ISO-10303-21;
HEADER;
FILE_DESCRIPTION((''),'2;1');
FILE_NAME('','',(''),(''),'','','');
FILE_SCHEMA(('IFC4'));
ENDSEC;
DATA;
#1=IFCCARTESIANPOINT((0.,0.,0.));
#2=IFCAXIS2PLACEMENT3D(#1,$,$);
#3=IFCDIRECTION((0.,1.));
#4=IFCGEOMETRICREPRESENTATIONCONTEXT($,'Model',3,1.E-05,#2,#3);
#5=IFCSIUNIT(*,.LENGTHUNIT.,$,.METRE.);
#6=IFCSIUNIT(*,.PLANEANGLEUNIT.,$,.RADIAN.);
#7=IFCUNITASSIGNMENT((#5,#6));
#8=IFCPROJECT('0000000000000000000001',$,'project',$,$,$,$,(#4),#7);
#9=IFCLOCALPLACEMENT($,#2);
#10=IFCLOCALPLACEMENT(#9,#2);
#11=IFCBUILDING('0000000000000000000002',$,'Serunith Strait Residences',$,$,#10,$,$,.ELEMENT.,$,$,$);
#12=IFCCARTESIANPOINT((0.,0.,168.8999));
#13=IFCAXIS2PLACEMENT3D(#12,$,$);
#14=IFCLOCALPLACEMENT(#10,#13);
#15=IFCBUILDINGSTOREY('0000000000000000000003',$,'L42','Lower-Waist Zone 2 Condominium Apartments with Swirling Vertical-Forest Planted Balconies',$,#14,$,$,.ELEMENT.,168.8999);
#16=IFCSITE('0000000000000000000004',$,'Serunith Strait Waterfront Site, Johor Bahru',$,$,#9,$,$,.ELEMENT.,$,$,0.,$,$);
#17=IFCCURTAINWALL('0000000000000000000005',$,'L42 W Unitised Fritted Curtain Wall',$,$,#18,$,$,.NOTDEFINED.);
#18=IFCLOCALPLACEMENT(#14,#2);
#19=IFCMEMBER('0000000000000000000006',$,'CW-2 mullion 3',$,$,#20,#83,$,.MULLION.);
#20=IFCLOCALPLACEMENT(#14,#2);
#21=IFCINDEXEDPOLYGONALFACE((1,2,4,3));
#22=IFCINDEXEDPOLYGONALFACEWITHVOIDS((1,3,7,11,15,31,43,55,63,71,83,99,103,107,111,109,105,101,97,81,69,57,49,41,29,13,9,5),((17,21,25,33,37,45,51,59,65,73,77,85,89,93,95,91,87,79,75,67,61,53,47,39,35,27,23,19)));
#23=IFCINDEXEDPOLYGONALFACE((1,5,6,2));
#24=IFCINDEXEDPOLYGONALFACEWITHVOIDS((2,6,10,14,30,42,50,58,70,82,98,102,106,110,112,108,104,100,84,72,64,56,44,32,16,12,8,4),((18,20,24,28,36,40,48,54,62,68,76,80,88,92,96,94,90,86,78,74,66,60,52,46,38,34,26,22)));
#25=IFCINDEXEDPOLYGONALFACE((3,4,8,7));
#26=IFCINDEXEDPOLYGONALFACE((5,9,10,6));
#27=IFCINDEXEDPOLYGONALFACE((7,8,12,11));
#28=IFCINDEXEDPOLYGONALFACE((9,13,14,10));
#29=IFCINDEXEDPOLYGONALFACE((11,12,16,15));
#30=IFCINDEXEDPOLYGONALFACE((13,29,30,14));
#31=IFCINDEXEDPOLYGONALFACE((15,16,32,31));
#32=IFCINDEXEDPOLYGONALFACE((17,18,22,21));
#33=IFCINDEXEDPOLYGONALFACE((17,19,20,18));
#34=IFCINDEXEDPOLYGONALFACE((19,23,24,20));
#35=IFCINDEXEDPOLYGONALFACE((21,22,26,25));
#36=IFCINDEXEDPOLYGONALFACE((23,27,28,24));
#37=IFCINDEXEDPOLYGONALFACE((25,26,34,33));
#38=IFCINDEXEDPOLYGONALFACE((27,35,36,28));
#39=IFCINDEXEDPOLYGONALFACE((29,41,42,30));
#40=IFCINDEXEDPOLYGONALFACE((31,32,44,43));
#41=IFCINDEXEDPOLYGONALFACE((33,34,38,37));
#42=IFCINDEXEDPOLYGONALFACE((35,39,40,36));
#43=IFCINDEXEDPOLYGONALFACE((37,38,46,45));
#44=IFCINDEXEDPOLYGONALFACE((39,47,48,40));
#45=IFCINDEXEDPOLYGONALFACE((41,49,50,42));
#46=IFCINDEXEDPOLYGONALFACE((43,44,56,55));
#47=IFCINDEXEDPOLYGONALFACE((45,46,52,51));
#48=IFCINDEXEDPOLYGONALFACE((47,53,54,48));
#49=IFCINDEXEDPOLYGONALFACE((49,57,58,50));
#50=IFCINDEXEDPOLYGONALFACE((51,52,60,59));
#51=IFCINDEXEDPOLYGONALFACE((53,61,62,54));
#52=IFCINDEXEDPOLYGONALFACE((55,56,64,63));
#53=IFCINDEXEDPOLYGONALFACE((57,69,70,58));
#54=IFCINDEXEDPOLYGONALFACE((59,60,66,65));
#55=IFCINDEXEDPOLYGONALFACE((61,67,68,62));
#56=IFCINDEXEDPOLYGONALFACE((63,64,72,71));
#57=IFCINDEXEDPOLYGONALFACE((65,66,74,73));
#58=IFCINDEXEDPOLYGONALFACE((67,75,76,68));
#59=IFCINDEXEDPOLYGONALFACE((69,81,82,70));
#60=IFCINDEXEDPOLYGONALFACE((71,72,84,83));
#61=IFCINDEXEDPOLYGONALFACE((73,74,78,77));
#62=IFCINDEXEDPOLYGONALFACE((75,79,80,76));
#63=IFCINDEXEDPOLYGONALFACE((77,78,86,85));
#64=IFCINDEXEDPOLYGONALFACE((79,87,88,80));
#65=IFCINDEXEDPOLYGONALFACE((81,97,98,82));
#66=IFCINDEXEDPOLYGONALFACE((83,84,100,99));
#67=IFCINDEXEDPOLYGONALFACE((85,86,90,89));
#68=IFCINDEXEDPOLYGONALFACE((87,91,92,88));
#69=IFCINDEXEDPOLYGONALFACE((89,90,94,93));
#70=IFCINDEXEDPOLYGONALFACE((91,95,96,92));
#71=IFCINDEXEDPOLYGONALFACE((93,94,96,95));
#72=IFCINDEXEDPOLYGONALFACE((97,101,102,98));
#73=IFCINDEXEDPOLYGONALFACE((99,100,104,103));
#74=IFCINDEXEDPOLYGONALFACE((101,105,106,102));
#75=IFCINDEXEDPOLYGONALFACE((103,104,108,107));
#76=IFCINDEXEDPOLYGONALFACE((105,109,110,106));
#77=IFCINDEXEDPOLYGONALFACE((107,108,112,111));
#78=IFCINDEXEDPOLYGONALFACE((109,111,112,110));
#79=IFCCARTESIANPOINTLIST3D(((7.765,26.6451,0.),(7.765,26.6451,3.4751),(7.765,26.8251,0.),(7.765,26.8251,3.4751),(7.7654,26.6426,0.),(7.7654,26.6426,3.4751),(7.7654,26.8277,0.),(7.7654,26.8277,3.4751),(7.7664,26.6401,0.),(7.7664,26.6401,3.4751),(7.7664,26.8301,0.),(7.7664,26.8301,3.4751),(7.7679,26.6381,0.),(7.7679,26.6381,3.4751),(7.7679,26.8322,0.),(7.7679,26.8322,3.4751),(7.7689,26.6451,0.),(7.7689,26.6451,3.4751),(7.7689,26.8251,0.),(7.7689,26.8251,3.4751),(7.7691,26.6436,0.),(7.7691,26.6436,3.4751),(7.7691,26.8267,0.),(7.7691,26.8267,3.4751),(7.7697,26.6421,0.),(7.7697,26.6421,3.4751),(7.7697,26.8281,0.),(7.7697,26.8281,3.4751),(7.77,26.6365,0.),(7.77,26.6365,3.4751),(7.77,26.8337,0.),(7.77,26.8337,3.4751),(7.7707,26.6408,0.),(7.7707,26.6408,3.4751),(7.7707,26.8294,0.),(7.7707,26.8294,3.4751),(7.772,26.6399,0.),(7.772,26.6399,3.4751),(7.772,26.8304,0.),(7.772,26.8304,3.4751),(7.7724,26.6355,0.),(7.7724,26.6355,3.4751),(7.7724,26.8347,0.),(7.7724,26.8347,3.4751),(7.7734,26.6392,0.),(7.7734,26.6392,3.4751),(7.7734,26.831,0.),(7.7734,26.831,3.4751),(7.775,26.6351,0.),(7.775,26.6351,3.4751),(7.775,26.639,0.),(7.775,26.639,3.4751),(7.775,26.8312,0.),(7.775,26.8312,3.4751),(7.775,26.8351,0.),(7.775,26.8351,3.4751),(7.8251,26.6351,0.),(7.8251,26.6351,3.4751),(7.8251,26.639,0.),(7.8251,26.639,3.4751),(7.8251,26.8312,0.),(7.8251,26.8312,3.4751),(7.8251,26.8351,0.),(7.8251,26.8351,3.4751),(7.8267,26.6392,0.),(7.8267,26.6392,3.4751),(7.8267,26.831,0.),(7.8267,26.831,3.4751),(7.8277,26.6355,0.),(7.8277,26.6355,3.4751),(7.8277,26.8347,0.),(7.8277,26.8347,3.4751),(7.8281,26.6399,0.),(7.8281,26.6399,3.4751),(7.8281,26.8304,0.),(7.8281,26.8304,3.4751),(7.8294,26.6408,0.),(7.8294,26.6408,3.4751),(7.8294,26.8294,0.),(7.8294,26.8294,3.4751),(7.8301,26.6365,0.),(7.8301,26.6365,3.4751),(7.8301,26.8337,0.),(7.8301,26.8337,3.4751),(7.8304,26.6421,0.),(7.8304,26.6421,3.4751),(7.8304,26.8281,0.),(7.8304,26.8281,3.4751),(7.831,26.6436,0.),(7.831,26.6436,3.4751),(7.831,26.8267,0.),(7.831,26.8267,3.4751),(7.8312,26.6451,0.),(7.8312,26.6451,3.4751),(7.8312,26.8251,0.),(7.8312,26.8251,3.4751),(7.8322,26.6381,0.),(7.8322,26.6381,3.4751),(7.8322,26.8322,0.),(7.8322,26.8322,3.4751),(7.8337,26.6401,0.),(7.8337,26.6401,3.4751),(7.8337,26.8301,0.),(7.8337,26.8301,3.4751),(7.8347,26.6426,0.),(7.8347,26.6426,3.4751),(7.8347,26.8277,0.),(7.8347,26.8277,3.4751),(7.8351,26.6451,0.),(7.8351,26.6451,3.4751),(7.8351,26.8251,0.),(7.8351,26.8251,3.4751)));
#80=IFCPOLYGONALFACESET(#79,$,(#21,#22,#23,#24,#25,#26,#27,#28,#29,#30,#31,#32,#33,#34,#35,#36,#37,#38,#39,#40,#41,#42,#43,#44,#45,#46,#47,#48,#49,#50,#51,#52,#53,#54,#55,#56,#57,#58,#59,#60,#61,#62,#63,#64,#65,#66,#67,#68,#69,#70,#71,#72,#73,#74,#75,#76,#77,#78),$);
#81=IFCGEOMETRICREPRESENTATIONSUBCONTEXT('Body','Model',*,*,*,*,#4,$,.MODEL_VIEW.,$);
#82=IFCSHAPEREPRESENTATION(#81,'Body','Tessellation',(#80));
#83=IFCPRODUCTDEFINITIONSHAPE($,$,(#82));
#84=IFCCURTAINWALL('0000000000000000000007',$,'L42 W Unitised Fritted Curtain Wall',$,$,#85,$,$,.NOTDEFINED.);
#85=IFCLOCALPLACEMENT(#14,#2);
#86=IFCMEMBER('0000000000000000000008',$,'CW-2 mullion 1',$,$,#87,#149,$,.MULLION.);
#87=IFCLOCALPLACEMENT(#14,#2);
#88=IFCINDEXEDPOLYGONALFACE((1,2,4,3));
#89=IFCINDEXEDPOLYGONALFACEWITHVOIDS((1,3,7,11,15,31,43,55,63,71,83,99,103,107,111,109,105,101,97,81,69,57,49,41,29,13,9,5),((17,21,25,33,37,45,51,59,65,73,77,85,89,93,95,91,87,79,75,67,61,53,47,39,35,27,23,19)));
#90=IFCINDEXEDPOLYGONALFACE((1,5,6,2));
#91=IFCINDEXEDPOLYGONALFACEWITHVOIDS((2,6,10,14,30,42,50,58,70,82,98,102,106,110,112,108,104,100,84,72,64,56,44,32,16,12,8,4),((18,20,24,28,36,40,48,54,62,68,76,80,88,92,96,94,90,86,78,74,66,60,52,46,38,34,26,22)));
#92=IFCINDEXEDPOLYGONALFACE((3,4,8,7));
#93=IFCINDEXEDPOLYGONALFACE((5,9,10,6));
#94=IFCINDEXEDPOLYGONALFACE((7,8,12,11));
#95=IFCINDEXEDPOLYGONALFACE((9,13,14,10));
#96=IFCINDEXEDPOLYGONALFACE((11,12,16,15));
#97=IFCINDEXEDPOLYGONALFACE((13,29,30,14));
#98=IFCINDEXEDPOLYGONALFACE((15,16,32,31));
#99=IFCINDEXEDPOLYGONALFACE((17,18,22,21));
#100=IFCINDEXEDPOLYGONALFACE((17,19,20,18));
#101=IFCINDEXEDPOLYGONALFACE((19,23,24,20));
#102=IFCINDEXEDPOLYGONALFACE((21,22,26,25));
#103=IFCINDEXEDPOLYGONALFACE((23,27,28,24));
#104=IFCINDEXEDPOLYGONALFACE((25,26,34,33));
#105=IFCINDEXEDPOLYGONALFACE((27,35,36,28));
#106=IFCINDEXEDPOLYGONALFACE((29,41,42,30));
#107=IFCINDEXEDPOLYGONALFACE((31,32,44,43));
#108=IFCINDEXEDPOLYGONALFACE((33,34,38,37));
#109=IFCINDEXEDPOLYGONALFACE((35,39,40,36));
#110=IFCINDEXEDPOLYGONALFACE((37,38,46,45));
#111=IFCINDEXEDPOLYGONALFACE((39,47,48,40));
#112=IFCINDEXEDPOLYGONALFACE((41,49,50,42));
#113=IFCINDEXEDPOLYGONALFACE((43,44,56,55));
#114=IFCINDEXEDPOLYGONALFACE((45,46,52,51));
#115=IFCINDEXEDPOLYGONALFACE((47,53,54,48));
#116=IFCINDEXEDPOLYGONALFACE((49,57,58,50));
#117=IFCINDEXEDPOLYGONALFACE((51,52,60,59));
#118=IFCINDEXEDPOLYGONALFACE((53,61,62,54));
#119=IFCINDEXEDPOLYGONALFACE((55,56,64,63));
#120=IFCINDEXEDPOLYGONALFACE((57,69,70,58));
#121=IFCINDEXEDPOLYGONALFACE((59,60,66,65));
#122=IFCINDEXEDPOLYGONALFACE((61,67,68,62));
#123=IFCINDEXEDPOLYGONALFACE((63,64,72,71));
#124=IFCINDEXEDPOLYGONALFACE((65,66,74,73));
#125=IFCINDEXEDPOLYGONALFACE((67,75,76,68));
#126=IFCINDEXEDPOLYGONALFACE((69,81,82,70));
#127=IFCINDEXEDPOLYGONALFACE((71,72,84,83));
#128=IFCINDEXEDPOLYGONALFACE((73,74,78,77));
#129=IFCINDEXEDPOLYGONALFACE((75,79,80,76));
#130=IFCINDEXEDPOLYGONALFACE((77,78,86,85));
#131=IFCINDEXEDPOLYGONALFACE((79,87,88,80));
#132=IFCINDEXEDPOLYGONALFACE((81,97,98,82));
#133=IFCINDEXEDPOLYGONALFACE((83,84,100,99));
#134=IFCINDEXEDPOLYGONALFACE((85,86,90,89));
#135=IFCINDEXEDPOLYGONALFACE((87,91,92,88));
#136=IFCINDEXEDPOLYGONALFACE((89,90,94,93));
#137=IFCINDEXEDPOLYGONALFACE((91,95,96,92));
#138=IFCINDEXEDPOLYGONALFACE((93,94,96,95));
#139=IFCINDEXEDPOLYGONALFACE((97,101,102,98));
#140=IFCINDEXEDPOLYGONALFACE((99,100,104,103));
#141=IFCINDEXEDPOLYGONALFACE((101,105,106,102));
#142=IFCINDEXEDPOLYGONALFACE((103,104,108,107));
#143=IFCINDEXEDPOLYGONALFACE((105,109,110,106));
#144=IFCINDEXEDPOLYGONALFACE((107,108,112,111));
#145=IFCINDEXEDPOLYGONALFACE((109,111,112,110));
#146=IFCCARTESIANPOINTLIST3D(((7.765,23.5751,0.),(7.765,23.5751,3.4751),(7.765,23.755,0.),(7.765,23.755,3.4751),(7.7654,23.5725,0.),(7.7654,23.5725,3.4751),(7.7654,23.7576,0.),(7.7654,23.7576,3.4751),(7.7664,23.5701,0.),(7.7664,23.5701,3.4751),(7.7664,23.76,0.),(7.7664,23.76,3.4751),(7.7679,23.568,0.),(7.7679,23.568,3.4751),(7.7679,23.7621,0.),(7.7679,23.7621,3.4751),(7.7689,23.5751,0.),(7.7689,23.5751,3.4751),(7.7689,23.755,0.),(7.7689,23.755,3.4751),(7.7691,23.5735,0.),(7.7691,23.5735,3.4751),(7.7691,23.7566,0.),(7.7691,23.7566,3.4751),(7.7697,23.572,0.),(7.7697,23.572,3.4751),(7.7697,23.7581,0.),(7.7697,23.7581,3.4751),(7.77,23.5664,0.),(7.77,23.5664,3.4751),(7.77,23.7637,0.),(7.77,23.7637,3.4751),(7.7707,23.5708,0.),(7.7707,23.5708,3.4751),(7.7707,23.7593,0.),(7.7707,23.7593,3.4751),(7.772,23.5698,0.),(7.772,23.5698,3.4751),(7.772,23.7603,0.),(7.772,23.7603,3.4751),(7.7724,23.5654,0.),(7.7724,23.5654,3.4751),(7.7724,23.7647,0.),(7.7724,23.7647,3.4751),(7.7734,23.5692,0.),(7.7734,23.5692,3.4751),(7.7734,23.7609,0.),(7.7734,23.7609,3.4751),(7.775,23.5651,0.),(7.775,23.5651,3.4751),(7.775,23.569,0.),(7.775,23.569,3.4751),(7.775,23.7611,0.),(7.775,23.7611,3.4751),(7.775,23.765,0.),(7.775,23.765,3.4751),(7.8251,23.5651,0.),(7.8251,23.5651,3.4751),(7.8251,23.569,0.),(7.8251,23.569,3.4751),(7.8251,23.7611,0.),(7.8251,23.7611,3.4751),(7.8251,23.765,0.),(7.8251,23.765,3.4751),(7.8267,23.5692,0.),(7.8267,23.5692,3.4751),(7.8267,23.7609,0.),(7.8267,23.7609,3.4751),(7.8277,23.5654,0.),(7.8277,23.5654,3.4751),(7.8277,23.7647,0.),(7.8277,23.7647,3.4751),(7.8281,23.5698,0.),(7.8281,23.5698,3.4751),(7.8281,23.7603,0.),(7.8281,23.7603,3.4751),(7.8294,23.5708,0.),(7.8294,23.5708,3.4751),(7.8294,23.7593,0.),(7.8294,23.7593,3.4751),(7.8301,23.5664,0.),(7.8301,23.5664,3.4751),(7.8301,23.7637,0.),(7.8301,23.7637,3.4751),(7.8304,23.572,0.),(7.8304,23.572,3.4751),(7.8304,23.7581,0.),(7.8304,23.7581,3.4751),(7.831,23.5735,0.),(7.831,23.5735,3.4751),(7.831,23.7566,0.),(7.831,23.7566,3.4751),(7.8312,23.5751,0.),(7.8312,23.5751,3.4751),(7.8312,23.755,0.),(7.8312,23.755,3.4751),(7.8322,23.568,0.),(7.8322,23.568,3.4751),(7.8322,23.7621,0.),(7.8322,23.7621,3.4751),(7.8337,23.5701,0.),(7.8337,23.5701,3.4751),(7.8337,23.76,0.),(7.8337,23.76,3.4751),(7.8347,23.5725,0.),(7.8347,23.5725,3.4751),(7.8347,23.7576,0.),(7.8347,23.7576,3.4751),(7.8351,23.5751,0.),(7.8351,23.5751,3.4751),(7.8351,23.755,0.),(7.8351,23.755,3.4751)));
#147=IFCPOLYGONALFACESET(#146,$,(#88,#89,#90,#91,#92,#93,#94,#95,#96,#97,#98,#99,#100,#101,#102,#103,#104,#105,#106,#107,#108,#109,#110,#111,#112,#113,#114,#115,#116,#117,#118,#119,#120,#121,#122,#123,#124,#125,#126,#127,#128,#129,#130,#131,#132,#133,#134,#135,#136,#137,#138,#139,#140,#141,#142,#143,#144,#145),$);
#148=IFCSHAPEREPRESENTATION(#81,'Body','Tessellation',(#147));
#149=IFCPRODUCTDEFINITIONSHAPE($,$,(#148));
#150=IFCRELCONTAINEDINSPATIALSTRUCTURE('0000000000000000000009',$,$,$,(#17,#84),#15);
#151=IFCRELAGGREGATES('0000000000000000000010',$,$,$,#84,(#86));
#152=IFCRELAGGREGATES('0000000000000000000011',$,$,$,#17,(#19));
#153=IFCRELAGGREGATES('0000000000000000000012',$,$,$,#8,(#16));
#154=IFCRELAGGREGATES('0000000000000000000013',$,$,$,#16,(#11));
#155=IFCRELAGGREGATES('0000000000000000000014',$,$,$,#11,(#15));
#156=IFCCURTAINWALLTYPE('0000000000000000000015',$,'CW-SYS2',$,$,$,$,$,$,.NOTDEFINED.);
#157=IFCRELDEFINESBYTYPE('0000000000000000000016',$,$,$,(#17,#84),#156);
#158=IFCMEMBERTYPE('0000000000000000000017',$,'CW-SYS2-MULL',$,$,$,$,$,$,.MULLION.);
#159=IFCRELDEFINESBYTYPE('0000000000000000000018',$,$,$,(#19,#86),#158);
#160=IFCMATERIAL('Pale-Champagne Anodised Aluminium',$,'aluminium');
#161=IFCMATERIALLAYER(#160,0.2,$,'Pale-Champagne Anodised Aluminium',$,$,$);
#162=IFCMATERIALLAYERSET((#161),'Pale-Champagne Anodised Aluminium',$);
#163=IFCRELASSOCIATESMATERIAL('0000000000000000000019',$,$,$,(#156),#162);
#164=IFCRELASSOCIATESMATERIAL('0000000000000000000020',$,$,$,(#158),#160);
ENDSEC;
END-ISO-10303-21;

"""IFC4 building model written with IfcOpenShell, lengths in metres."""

from ifc_helpers import new_model, si_unit, direction, frame, origin, origin_2d, place, context, subcontext, project, spatial, hollow_rectangle, extrude, source, transform, mapped, material, layer, layer_set, material_profile, profile_set, type_object, element, aggregate, save


model = new_model("IFC4")

# Units and contexts
model_context = context("Model", 3, precision=1e-05, world=origin(), true_north=direction((0.0, 1.0)))
body_context = subcontext(model_context, "Body", "Model", "MODEL_VIEW")
ifc_project = project(units=[si_unit("LENGTHUNIT", "METRE"), si_unit("PLANEANGLEUNIT", "RADIAN")], contexts=[model_context])

# Site, building, storey
site_placement = place(None, origin())
site = spatial("IfcSite", under=ifc_project, at=site_placement, Name="Serunith Strait Waterfront Site, Johor Bahru", CompositionType="ELEMENT", RefElevation=0.0)
building_placement = place(site_placement, origin())
building = spatial("IfcBuilding", under=site, at=building_placement, Name="Serunith Strait Residences", CompositionType="ELEMENT")
storey_placement = place(building_placement, frame((0.0, 0.0, 168.8999)))
storey = spatial("IfcBuildingStorey", under=building, at=storey_placement, Name="L42", Description="Lower-Waist Zone 2 Condominium Apartments with Swirling Vertical-Forest Planted Balconies", CompositionType="ELEMENT", Elevation=168.8999)

# Curtain wall, member
ifc_material_1 = material(Name="Pale-Champagne Anodised Aluminium", Category="aluminium")
ifc_layer_1 = layer(ifc_material_1, 0.2, Name="Pale-Champagne Anodised Aluminium")
ifc_layer_set_1 = layer_set([ifc_layer_1], Name="Pale-Champagne Anodised Aluminium")
curtain_wall_type = type_object("IfcCurtainWallType", Name="CW-SYS2", PredefinedType="NOTDEFINED", material=ifc_layer_set_1)
curtain_wall_1_placement = place(storey_placement, origin())
curtain_wall_1 = element("IfcCurtainWall", 1, at=curtain_wall_1_placement, inside=storey, type_object=curtain_wall_type, Name="L42 W Unitised Fritted Curtain Wall", PredefinedType="NOTDEFINED")
ifc_material_profile_1 = material_profile(ifc_material_1, hollow_rectangle(XDim=0.0701, YDim=0.2, WallThickness=0.0039, InnerFilletRadius=0.0061, OuterFilletRadius=0.01, at=origin_2d()), Name="ALU 200x70x4")
ifc_profile_set_1 = profile_set([ifc_material_profile_1], Name="Pale-Champagne Anodised Aluminium")
member_type_1 = type_object("IfcMemberType", Name="CW-SYS2-MULL", PredefinedType="MULLION", material=ifc_profile_set_1)
shared_shape_1 = source(origin(), body_context, "Body", "SweptSolid", [
    extrude(hollow_rectangle(XDim=0.0701, YDim=0.2, WallThickness=0.0039, InnerFilletRadius=0.0061, OuterFilletRadius=0.01, at=origin_2d()), origin(), (0.0, 0.0, 1.0), 3.4751),
])
member_1_placement = place(storey_placement, frame((7.8, 26.7351, 0.0), z_axis=(0.0, 0.0, 1.0), x_axis=(1.0, 0.0, 0.0)))
member_1 = element("IfcMember", 2, at=member_1_placement, type_object=member_type_1, Name="CW-2 mullion 3", PredefinedType="MULLION", context=body_context, shape_type="MappedRepresentation", body=[
    mapped(shared_shape_1, transform((0.0, 0.0, 0.0), scale=1.0)),
])

# Curtain wall, member
curtain_wall_2_placement = place(storey_placement, origin())
curtain_wall_2 = element("IfcCurtainWall", 3, at=curtain_wall_2_placement, inside=storey, type_object=curtain_wall_type, Name="L42 W Unitised Fritted Curtain Wall", PredefinedType="NOTDEFINED")
member_2_placement = place(storey_placement, frame((7.8, 23.665, 0.0), z_axis=(0.0, 0.0, 1.0), x_axis=(1.0, 0.0, 0.0)))
member_2 = element("IfcMember", 4, at=member_2_placement, type_object=member_type_1, Name="CW-2 mullion 1", PredefinedType="MULLION", context=body_context, shape_type="MappedRepresentation", body=[
    mapped(shared_shape_1, transform((0.0, 0.0, 0.0), scale=1.0)),
])

aggregate(curtain_wall_2, [member_2])

aggregate(curtain_wall_1, [member_1])

save(model, "model.ifc")
